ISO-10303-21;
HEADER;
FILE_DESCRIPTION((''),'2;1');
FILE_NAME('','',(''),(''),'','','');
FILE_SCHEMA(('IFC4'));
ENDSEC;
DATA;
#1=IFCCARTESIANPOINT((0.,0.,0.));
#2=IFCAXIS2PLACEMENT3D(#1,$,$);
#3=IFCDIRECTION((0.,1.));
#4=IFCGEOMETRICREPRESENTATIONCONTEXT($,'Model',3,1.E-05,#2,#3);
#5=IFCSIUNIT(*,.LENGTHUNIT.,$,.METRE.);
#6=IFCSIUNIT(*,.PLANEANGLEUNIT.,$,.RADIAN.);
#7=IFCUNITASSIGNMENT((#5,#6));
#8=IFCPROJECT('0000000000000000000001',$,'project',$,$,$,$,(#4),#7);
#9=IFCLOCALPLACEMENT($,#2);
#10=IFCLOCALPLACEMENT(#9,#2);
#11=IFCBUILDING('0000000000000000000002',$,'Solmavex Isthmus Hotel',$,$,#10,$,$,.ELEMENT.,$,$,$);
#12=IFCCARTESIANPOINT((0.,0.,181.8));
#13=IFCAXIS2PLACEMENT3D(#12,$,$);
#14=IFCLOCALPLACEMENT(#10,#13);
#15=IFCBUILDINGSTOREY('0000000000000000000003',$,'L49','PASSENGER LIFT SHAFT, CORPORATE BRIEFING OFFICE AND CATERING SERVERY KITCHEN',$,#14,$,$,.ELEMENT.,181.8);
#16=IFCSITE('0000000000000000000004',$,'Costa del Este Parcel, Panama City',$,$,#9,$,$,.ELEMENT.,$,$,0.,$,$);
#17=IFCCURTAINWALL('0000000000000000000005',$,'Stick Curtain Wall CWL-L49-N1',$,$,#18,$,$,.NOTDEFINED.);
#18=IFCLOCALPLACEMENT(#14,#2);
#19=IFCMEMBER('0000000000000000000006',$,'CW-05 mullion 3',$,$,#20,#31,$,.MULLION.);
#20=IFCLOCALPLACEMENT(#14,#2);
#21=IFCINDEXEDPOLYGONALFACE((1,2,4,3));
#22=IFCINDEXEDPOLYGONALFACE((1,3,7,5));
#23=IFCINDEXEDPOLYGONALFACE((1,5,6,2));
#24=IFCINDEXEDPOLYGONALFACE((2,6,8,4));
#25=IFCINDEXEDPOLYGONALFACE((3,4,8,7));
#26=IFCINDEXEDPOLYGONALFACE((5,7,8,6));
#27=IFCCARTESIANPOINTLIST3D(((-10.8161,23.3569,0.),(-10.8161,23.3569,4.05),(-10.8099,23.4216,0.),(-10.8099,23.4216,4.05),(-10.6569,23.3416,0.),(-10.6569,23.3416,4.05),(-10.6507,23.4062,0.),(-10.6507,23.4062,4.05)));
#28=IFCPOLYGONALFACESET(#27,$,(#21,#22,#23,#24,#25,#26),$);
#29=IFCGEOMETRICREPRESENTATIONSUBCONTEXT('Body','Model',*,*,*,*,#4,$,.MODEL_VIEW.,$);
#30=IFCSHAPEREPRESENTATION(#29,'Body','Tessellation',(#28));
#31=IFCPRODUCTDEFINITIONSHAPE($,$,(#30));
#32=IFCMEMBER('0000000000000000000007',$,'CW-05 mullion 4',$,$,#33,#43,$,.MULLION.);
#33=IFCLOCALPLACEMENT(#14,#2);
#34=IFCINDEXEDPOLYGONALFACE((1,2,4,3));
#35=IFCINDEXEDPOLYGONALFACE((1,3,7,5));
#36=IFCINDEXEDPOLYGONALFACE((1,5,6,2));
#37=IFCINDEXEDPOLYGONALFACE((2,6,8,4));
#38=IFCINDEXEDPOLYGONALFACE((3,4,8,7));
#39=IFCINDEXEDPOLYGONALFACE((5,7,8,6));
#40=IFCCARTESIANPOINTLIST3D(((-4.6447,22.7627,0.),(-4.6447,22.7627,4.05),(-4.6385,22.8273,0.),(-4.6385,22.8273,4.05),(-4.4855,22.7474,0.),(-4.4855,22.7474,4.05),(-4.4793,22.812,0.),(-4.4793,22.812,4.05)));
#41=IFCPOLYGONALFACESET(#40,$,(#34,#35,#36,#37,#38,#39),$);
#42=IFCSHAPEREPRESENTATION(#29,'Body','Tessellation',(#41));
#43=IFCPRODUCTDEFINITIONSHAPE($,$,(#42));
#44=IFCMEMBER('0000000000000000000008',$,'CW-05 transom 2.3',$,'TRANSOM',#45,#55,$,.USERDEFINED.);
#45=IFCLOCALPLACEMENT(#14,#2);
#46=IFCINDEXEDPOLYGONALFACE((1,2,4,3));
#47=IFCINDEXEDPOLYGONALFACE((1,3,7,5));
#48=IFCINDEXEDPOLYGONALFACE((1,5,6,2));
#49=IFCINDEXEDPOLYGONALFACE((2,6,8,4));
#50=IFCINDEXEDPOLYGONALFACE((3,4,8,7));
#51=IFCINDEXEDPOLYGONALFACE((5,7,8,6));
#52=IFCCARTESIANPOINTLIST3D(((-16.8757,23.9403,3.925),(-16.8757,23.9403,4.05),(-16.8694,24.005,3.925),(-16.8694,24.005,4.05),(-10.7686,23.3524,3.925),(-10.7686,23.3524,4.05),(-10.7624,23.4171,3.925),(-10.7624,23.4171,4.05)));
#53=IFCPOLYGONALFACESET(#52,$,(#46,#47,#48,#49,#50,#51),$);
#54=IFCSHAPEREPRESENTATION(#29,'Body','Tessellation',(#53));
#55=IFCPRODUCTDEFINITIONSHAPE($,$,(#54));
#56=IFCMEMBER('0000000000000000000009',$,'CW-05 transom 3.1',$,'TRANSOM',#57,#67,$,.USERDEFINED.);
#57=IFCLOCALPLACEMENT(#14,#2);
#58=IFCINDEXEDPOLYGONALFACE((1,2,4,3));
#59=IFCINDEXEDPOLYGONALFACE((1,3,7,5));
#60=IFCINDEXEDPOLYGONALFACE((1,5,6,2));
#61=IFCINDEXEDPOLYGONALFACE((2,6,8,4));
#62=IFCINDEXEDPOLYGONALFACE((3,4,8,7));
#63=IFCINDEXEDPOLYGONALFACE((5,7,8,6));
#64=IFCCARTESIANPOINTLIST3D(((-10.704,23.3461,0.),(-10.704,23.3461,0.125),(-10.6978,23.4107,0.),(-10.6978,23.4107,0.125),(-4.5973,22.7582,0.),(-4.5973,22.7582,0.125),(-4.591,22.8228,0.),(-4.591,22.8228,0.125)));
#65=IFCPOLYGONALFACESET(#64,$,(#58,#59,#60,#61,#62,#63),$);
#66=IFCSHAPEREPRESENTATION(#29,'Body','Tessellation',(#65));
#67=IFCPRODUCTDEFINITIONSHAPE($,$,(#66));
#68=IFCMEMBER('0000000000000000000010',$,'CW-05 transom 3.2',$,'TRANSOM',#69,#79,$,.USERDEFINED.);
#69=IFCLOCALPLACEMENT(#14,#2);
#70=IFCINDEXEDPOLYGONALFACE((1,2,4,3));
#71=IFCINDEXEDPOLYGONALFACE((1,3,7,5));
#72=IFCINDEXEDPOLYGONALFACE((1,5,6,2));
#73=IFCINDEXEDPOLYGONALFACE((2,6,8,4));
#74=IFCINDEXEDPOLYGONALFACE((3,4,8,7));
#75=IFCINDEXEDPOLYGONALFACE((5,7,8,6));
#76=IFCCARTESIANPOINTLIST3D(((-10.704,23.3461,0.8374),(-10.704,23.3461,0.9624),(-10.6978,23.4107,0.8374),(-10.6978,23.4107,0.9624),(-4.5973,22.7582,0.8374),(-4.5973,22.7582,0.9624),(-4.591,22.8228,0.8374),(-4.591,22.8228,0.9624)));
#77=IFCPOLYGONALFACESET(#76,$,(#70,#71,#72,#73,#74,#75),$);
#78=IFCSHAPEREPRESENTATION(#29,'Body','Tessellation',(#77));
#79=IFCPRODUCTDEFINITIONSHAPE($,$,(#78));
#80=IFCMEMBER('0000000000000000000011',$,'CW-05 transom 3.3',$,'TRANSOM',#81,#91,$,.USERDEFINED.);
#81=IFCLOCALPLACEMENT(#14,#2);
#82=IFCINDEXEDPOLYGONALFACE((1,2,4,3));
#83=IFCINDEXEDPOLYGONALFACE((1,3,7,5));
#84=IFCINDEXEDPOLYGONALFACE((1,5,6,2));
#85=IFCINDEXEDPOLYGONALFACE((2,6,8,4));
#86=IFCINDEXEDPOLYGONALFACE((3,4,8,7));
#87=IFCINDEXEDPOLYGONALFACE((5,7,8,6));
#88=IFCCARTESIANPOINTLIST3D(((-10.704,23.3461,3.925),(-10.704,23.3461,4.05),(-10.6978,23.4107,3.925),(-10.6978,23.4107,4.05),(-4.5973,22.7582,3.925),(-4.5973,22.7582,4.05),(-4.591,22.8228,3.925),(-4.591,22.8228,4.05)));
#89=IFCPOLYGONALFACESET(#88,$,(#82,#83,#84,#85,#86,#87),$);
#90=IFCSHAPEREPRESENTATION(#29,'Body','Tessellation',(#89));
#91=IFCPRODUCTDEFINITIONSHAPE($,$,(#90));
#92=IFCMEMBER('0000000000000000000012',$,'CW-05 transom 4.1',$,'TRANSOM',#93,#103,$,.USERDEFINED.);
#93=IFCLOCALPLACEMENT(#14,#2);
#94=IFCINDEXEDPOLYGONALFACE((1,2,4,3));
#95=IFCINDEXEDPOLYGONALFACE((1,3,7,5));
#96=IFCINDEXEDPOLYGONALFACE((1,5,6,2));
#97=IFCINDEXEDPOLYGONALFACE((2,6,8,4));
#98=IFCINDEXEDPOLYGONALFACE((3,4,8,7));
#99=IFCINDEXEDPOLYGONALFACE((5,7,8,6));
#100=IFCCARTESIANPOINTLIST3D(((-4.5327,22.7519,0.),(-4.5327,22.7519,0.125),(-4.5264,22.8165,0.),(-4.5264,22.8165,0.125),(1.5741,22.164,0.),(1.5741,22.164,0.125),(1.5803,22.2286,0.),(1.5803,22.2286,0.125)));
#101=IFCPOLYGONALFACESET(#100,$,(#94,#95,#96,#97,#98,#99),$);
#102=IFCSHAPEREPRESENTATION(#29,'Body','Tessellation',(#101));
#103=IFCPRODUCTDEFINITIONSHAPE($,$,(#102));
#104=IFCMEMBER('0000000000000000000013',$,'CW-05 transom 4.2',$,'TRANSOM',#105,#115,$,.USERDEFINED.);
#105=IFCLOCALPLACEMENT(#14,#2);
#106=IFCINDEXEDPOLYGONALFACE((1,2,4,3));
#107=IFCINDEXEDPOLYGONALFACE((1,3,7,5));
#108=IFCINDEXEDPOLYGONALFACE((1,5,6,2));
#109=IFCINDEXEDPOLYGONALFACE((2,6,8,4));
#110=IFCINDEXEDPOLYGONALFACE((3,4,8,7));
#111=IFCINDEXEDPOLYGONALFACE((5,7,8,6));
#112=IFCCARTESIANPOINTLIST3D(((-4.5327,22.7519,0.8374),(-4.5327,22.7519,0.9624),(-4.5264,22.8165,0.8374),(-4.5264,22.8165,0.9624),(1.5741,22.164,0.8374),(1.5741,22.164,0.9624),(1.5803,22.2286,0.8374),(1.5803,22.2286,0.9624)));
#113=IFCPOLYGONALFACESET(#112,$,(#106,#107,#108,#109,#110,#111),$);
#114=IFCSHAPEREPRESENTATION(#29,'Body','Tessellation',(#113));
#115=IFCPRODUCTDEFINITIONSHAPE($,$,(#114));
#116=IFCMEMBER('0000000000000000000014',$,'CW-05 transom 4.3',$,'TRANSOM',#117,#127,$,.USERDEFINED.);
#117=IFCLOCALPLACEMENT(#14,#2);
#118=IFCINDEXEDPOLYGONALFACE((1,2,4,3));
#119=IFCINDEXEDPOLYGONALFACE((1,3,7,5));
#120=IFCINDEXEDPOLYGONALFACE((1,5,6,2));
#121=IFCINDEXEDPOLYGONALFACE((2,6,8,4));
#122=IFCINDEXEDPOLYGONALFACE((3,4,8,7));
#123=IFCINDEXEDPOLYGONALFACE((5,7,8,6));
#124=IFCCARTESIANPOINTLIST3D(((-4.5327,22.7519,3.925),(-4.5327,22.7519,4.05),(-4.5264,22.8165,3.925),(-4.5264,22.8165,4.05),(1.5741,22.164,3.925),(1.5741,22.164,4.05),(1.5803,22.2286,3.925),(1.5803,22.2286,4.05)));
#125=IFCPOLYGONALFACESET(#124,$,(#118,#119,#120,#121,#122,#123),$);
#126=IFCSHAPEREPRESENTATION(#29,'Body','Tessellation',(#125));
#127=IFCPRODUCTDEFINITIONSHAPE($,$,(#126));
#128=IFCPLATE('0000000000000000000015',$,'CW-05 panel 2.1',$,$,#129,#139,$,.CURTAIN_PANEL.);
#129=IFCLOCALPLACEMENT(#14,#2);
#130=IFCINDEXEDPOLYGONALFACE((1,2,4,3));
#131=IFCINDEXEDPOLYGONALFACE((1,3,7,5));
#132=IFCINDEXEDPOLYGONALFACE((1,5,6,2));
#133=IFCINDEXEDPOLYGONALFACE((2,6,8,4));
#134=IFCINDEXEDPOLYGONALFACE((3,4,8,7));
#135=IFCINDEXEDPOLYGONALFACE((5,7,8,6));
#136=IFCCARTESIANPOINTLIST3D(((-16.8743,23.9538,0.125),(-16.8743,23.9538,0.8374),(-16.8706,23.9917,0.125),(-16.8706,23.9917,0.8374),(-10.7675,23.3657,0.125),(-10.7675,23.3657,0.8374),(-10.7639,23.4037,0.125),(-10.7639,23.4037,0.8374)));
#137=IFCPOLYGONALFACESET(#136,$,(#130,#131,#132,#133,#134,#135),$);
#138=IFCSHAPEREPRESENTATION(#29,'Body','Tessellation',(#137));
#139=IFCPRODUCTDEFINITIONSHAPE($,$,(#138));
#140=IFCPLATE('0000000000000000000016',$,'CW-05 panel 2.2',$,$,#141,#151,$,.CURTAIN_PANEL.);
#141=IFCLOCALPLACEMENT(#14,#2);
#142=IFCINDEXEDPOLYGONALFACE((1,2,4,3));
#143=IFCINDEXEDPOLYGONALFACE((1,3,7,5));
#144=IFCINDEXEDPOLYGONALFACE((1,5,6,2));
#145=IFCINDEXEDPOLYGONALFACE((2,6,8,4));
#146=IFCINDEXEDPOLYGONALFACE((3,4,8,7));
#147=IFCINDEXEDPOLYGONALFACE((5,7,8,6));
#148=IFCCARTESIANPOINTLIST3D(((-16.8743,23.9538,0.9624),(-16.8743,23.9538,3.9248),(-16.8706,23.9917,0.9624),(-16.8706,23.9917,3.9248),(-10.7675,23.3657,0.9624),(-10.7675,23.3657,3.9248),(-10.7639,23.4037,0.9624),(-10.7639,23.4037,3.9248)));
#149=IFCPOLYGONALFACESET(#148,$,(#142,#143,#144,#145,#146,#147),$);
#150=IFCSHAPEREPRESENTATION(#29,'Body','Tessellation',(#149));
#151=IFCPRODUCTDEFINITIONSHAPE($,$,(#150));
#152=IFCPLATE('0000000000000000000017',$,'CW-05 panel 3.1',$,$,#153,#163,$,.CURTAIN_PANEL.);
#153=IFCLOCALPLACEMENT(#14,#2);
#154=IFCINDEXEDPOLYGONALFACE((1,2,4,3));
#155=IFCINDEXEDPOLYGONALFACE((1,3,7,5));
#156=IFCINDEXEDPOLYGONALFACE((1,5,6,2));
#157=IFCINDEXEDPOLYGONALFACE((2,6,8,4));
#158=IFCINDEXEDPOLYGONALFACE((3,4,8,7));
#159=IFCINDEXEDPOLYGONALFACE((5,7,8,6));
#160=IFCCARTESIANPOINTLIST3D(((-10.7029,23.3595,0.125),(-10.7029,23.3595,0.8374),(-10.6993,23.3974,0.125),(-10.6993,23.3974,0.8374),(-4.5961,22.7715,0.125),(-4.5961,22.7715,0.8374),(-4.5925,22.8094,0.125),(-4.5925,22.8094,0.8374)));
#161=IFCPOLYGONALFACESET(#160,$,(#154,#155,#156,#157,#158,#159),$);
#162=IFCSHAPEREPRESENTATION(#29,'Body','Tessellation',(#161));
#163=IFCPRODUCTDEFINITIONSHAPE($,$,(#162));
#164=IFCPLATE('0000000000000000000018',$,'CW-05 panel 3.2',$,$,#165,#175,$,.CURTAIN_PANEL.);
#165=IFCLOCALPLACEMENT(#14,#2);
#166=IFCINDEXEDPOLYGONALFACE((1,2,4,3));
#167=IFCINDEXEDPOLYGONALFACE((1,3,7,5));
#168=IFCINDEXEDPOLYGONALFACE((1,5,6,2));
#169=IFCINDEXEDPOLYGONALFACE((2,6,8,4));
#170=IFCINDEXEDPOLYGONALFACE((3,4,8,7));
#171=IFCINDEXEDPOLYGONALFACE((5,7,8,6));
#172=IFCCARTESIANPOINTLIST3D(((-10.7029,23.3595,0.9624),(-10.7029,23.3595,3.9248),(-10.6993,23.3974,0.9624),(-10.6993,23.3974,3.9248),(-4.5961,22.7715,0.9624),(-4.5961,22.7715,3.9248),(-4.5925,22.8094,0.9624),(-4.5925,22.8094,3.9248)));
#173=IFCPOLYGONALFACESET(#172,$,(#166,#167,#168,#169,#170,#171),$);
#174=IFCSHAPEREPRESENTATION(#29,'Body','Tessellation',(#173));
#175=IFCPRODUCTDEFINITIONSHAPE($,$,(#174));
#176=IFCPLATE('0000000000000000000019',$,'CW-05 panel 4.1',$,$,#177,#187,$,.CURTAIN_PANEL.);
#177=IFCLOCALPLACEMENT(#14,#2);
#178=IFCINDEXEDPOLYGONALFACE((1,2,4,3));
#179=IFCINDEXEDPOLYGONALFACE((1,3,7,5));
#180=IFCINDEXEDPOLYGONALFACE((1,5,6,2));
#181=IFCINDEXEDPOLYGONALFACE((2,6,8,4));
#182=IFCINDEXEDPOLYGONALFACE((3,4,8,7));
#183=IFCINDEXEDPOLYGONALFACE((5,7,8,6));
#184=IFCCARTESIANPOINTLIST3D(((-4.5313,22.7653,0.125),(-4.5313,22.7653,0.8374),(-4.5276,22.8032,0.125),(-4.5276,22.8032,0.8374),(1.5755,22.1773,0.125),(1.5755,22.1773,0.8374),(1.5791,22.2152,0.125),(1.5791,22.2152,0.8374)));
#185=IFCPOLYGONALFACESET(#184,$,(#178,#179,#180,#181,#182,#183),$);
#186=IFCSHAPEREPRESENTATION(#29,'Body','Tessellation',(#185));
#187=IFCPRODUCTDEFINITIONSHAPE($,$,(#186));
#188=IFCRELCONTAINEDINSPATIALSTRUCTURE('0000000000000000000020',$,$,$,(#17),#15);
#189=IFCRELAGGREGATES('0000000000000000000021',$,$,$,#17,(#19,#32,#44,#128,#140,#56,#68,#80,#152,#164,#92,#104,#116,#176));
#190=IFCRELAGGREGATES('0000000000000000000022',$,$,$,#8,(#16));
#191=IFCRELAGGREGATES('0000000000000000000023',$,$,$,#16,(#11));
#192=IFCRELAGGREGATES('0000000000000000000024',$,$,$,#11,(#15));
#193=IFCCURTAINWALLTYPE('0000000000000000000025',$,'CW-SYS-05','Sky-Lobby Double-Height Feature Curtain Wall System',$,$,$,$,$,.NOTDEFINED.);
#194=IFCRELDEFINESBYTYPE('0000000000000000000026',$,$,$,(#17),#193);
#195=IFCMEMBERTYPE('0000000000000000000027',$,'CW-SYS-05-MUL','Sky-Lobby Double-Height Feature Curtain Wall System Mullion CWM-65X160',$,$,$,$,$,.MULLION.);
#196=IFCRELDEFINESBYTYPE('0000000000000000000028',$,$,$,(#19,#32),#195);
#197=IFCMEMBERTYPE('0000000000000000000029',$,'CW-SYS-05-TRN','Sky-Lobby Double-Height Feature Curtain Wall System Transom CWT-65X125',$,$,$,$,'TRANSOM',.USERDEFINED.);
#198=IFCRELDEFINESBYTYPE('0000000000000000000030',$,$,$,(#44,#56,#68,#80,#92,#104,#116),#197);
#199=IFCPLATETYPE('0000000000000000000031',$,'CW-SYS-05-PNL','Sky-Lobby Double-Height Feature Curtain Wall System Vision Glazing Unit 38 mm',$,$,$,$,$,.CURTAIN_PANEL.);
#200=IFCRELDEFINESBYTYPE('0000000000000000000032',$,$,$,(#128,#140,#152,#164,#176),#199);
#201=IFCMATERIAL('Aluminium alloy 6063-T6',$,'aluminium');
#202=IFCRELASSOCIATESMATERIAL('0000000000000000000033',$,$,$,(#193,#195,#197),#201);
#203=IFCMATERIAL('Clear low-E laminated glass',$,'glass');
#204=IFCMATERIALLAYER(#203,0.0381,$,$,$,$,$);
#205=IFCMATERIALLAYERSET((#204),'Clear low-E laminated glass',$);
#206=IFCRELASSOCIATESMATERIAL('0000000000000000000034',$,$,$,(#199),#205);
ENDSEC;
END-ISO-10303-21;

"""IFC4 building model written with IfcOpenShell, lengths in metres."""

from ifc_helpers import new_model, si_unit, direction, frame, origin, origin_2d, place, context, subcontext, project, spatial, rectangle, extrude, material, layer, layer_set, material_profile, profile_set, type_object, element, aggregate, save


model = new_model("IFC4")

# Units and contexts
model_context = context("Model", 3, precision=1e-05, world=origin(), true_north=direction((0.0, 1.0)))
body_context = subcontext(model_context, "Body", "Model", "MODEL_VIEW")
ifc_project = project(units=[si_unit("LENGTHUNIT", "METRE"), si_unit("PLANEANGLEUNIT", "RADIAN")], contexts=[model_context])

# Site, building, storey
site_placement = place(None, origin())
site = spatial("IfcSite", under=ifc_project, at=site_placement, Name="Costa del Este Parcel, Panama City", CompositionType="ELEMENT", RefElevation=0.0)
building_placement = place(site_placement, origin())
building = spatial("IfcBuilding", under=site, at=building_placement, Name="Solmavex Isthmus Hotel", CompositionType="ELEMENT")
storey_placement = place(building_placement, frame((0.0, 0.0, 181.8)))
storey = spatial("IfcBuildingStorey", under=building, at=storey_placement, Name="L49", Description="PASSENGER LIFT SHAFT, CORPORATE BRIEFING OFFICE AND CATERING SERVERY KITCHEN", CompositionType="ELEMENT", Elevation=181.8)

# Curtain wall, members, plates
ifc_material_1 = material(Name="Aluminium alloy 6063-T6", Category="aluminium")
curtain_wall_type = type_object("IfcCurtainWallType", Name="CW-SYS-05", Description="Sky-Lobby Double-Height Feature Curtain Wall System", PredefinedType="NOTDEFINED", material=ifc_material_1)
curtain_wall_placement = place(storey_placement, origin())
curtain_wall = element("IfcCurtainWall", 1, at=curtain_wall_placement, inside=storey, type_object=curtain_wall_type, Name="Stick Curtain Wall CWL-L49-N1", PredefinedType="NOTDEFINED")
ifc_material_profile_1 = material_profile(ifc_material_1, rectangle(XDim=0.0649, YDim=0.1599, at=origin_2d()), Name="CWM-65X160")
ifc_profile_set_1 = profile_set([ifc_material_profile_1], Name="Aluminium alloy 6063-T6")
member_type_1 = type_object("IfcMemberType", Name="CW-SYS-05-MUL", Description="Sky-Lobby Double-Height Feature Curtain Wall System Mullion CWM-65X160", PredefinedType="MULLION", material=ifc_profile_set_1)
member_1_placement = place(storey_placement, frame((-10.7334, 23.3816, 0.0), z_axis=(0.0, 0.0, 1.0), x_axis=(0.095846, 0.995396, 0.0)))
member_1 = element("IfcMember", 2, at=member_1_placement, type_object=member_type_1, Name="CW-05 mullion 3", PredefinedType="MULLION", context=body_context, shape_type="SweptSolid", body=[
    extrude(rectangle(XDim=0.0649, YDim=0.1599, at=origin_2d()), origin(), (0.0, 0.0, 1.0), 4.05),
])
member_2_placement = place(storey_placement, frame((-4.562, 22.7874, 0.0), z_axis=(0.0, 0.0, 1.0), x_axis=(0.095846, 0.995396, 0.0)))
member_2 = element("IfcMember", 3, at=member_2_placement, type_object=member_type_1, Name="CW-05 mullion 4", PredefinedType="MULLION", context=body_context, shape_type="SweptSolid", body=[
    extrude(rectangle(XDim=0.0649, YDim=0.1599, at=origin_2d()), origin(), (0.0, 0.0, 1.0), 4.05),
])
ifc_material_profile_2 = material_profile(ifc_material_1, rectangle(XDim=0.0649, YDim=0.125, at=origin_2d()), Name="CWT-65X125")
ifc_profile_set_2 = profile_set([ifc_material_profile_2], Name="Aluminium alloy 6063-T6")
member_type_2 = type_object("IfcMemberType", Name="CW-SYS-05-TRN", Description="Sky-Lobby Double-Height Feature Curtain Wall System Transom CWT-65X125", ElementType="TRANSOM", PredefinedType="USERDEFINED", material=ifc_profile_set_2)
member_3_placement = place(storey_placement, frame((-16.8726, 23.9727, 3.9875), z_axis=(0.995398, -0.095823, 0.0), x_axis=(0.095823, 0.995398, 0.0)))
member_3 = element("IfcMember", 4, at=member_3_placement, type_object=member_type_2, Name="CW-05 transom 2.3", ObjectType="TRANSOM", PredefinedType="USERDEFINED", context=body_context, shape_type="SweptSolid", body=[
    extrude(rectangle(XDim=0.0649, YDim=0.125, at=origin_2d()), origin(), (0.0, 0.0, 1.0), 6.1353),
])
member_4_placement = place(storey_placement, frame((-10.7009, 23.3784, 0.0625), z_axis=(0.995398, -0.095827, 0.0), x_axis=(0.095827, 0.995398, 0.0)))
member_4 = element("IfcMember", 5, at=member_4_placement, type_object=member_type_2, Name="CW-05 transom 3.1", ObjectType="TRANSOM", PredefinedType="USERDEFINED", context=body_context, shape_type="SweptSolid", body=[
    extrude(rectangle(XDim=0.0649, YDim=0.125, at=origin_2d()), origin(), (0.0, 0.0, 1.0), 6.135),
])
member_5_placement = place(storey_placement, frame((-10.7009, 23.3784, 0.8999), z_axis=(0.995398, -0.095827, 0.0), x_axis=(0.095827, 0.995398, 0.0)))
member_5 = element("IfcMember", 6, at=member_5_placement, type_object=member_type_2, Name="CW-05 transom 3.2", ObjectType="TRANSOM", PredefinedType="USERDEFINED", context=body_context, shape_type="SweptSolid", body=[
    extrude(rectangle(XDim=0.0649, YDim=0.125, at=origin_2d()), origin(), (0.0, 0.0, 1.0), 6.135),
])
member_6_placement = place(storey_placement, frame((-10.7009, 23.3784, 3.9875), z_axis=(0.995398, -0.095827, 0.0), x_axis=(0.095827, 0.995398, 0.0)))
member_6 = element("IfcMember", 7, at=member_6_placement, type_object=member_type_2, Name="CW-05 transom 3.3", ObjectType="TRANSOM", PredefinedType="USERDEFINED", context=body_context, shape_type="SweptSolid", body=[
    extrude(rectangle(XDim=0.0649, YDim=0.125, at=origin_2d()), origin(), (0.0, 0.0, 1.0), 6.135),
])
member_7_placement = place(storey_placement, frame((-4.5295, 22.7842, 0.0625), z_axis=(0.995398, -0.095827, 0.0), x_axis=(0.095827, 0.995398, 0.0)))
member_7 = element("IfcMember", 8, at=member_7_placement, type_object=member_type_2, Name="CW-05 transom 4.1", ObjectType="TRANSOM", PredefinedType="USERDEFINED", context=body_context, shape_type="SweptSolid", body=[
    extrude(rectangle(XDim=0.0649, YDim=0.125, at=origin_2d()), origin(), (0.0, 0.0, 1.0), 6.135),
])
member_8_placement = place(storey_placement, frame((-4.5295, 22.7842, 0.8999), z_axis=(0.995398, -0.095827, 0.0), x_axis=(0.095827, 0.995398, 0.0)))
member_8 = element("IfcMember", 9, at=member_8_placement, type_object=member_type_2, Name="CW-05 transom 4.2", ObjectType="TRANSOM", PredefinedType="USERDEFINED", context=body_context, shape_type="SweptSolid", body=[
    extrude(rectangle(XDim=0.0649, YDim=0.125, at=origin_2d()), origin(), (0.0, 0.0, 1.0), 6.135),
])
member_9_placement = place(storey_placement, frame((-4.5295, 22.7842, 3.9875), z_axis=(0.995398, -0.095827, 0.0), x_axis=(0.095827, 0.995398, 0.0)))
member_9 = element("IfcMember", 10, at=member_9_placement, type_object=member_type_2, Name="CW-05 transom 4.3", ObjectType="TRANSOM", PredefinedType="USERDEFINED", context=body_context, shape_type="SweptSolid", body=[
    extrude(rectangle(XDim=0.0649, YDim=0.125, at=origin_2d()), origin(), (0.0, 0.0, 1.0), 6.135),
])
ifc_material_2 = material(Name="Clear low-E laminated glass", Category="glass")
ifc_layer_1 = layer(ifc_material_2, 0.0381)
ifc_layer_set_1 = layer_set([ifc_layer_1], Name="Clear low-E laminated glass")
plate_type = type_object("IfcPlateType", Name="CW-SYS-05-PNL", Description="Sky-Lobby Double-Height Feature Curtain Wall System Vision Glazing Unit 38 mm", PredefinedType="CURTAIN_PANEL", material=ifc_layer_set_1)
plate_1_placement = place(storey_placement, frame((-13.8191, 23.6787, 0.125), z_axis=(0.0, 0.0, 1.0), x_axis=(0.995396, -0.095846, 0.0)))
plate_1 = element("IfcPlate", 11, at=plate_1_placement, type_object=plate_type, Name="CW-05 panel 2.1", PredefinedType="CURTAIN_PANEL", context=body_context, shape_type="SweptSolid", body=[
    extrude(rectangle(XDim=6.135, YDim=0.0381, at=origin_2d()), origin(), (0.0, 0.0, 1.0), 0.7124),
])
plate_2_placement = place(storey_placement, frame((-13.8191, 23.6787, 0.9624), z_axis=(0.0, 0.0, 1.0), x_axis=(0.995396, -0.095846, 0.0)))
plate_2 = element("IfcPlate", 12, at=plate_2_placement, type_object=plate_type, Name="CW-05 panel 2.2", PredefinedType="CURTAIN_PANEL", context=body_context, shape_type="SweptSolid", body=[
    extrude(rectangle(XDim=6.135, YDim=0.0381, at=origin_2d()), origin(), (0.0, 0.0, 1.0), 2.9624),
])
plate_3_placement = place(storey_placement, frame((-7.6477, 23.0845, 0.125), z_axis=(0.0, 0.0, 1.0), x_axis=(0.995396, -0.095846, 0.0)))
plate_3 = element("IfcPlate", 13, at=plate_3_placement, type_object=plate_type, Name="CW-05 panel 3.1", PredefinedType="CURTAIN_PANEL", context=body_context, shape_type="SweptSolid", body=[
    extrude(rectangle(XDim=6.135, YDim=0.0381, at=origin_2d()), origin(), (0.0, 0.0, 1.0), 0.7124),
])
plate_4_placement = place(storey_placement, frame((-7.6477, 23.0845, 0.9624), z_axis=(0.0, 0.0, 1.0), x_axis=(0.995396, -0.095846, 0.0)))
plate_4 = element("IfcPlate", 14, at=plate_4_placement, type_object=plate_type, Name="CW-05 panel 3.2", PredefinedType="CURTAIN_PANEL", context=body_context, shape_type="SweptSolid", body=[
    extrude(rectangle(XDim=6.135, YDim=0.0381, at=origin_2d()), origin(), (0.0, 0.0, 1.0), 2.9624),
])
plate_5_placement = place(storey_placement, frame((-1.4761, 22.4902, 0.125), z_axis=(0.0, 0.0, 1.0), x_axis=(0.995396, -0.095846, 0.0)))
plate_5 = element("IfcPlate", 15, at=plate_5_placement, type_object=plate_type, Name="CW-05 panel 4.1", PredefinedType="CURTAIN_PANEL", context=body_context, shape_type="SweptSolid", body=[
    extrude(rectangle(XDim=6.135, YDim=0.0381, at=origin_2d()), origin(), (0.0, 0.0, 1.0), 0.7124),
])
aggregate(curtain_wall, [member_1, member_2, member_3, plate_1, plate_2, member_4, member_5, member_6, plate_3, plate_4, member_7, member_8, member_9, plate_5])

save(model, "model.ifc")
